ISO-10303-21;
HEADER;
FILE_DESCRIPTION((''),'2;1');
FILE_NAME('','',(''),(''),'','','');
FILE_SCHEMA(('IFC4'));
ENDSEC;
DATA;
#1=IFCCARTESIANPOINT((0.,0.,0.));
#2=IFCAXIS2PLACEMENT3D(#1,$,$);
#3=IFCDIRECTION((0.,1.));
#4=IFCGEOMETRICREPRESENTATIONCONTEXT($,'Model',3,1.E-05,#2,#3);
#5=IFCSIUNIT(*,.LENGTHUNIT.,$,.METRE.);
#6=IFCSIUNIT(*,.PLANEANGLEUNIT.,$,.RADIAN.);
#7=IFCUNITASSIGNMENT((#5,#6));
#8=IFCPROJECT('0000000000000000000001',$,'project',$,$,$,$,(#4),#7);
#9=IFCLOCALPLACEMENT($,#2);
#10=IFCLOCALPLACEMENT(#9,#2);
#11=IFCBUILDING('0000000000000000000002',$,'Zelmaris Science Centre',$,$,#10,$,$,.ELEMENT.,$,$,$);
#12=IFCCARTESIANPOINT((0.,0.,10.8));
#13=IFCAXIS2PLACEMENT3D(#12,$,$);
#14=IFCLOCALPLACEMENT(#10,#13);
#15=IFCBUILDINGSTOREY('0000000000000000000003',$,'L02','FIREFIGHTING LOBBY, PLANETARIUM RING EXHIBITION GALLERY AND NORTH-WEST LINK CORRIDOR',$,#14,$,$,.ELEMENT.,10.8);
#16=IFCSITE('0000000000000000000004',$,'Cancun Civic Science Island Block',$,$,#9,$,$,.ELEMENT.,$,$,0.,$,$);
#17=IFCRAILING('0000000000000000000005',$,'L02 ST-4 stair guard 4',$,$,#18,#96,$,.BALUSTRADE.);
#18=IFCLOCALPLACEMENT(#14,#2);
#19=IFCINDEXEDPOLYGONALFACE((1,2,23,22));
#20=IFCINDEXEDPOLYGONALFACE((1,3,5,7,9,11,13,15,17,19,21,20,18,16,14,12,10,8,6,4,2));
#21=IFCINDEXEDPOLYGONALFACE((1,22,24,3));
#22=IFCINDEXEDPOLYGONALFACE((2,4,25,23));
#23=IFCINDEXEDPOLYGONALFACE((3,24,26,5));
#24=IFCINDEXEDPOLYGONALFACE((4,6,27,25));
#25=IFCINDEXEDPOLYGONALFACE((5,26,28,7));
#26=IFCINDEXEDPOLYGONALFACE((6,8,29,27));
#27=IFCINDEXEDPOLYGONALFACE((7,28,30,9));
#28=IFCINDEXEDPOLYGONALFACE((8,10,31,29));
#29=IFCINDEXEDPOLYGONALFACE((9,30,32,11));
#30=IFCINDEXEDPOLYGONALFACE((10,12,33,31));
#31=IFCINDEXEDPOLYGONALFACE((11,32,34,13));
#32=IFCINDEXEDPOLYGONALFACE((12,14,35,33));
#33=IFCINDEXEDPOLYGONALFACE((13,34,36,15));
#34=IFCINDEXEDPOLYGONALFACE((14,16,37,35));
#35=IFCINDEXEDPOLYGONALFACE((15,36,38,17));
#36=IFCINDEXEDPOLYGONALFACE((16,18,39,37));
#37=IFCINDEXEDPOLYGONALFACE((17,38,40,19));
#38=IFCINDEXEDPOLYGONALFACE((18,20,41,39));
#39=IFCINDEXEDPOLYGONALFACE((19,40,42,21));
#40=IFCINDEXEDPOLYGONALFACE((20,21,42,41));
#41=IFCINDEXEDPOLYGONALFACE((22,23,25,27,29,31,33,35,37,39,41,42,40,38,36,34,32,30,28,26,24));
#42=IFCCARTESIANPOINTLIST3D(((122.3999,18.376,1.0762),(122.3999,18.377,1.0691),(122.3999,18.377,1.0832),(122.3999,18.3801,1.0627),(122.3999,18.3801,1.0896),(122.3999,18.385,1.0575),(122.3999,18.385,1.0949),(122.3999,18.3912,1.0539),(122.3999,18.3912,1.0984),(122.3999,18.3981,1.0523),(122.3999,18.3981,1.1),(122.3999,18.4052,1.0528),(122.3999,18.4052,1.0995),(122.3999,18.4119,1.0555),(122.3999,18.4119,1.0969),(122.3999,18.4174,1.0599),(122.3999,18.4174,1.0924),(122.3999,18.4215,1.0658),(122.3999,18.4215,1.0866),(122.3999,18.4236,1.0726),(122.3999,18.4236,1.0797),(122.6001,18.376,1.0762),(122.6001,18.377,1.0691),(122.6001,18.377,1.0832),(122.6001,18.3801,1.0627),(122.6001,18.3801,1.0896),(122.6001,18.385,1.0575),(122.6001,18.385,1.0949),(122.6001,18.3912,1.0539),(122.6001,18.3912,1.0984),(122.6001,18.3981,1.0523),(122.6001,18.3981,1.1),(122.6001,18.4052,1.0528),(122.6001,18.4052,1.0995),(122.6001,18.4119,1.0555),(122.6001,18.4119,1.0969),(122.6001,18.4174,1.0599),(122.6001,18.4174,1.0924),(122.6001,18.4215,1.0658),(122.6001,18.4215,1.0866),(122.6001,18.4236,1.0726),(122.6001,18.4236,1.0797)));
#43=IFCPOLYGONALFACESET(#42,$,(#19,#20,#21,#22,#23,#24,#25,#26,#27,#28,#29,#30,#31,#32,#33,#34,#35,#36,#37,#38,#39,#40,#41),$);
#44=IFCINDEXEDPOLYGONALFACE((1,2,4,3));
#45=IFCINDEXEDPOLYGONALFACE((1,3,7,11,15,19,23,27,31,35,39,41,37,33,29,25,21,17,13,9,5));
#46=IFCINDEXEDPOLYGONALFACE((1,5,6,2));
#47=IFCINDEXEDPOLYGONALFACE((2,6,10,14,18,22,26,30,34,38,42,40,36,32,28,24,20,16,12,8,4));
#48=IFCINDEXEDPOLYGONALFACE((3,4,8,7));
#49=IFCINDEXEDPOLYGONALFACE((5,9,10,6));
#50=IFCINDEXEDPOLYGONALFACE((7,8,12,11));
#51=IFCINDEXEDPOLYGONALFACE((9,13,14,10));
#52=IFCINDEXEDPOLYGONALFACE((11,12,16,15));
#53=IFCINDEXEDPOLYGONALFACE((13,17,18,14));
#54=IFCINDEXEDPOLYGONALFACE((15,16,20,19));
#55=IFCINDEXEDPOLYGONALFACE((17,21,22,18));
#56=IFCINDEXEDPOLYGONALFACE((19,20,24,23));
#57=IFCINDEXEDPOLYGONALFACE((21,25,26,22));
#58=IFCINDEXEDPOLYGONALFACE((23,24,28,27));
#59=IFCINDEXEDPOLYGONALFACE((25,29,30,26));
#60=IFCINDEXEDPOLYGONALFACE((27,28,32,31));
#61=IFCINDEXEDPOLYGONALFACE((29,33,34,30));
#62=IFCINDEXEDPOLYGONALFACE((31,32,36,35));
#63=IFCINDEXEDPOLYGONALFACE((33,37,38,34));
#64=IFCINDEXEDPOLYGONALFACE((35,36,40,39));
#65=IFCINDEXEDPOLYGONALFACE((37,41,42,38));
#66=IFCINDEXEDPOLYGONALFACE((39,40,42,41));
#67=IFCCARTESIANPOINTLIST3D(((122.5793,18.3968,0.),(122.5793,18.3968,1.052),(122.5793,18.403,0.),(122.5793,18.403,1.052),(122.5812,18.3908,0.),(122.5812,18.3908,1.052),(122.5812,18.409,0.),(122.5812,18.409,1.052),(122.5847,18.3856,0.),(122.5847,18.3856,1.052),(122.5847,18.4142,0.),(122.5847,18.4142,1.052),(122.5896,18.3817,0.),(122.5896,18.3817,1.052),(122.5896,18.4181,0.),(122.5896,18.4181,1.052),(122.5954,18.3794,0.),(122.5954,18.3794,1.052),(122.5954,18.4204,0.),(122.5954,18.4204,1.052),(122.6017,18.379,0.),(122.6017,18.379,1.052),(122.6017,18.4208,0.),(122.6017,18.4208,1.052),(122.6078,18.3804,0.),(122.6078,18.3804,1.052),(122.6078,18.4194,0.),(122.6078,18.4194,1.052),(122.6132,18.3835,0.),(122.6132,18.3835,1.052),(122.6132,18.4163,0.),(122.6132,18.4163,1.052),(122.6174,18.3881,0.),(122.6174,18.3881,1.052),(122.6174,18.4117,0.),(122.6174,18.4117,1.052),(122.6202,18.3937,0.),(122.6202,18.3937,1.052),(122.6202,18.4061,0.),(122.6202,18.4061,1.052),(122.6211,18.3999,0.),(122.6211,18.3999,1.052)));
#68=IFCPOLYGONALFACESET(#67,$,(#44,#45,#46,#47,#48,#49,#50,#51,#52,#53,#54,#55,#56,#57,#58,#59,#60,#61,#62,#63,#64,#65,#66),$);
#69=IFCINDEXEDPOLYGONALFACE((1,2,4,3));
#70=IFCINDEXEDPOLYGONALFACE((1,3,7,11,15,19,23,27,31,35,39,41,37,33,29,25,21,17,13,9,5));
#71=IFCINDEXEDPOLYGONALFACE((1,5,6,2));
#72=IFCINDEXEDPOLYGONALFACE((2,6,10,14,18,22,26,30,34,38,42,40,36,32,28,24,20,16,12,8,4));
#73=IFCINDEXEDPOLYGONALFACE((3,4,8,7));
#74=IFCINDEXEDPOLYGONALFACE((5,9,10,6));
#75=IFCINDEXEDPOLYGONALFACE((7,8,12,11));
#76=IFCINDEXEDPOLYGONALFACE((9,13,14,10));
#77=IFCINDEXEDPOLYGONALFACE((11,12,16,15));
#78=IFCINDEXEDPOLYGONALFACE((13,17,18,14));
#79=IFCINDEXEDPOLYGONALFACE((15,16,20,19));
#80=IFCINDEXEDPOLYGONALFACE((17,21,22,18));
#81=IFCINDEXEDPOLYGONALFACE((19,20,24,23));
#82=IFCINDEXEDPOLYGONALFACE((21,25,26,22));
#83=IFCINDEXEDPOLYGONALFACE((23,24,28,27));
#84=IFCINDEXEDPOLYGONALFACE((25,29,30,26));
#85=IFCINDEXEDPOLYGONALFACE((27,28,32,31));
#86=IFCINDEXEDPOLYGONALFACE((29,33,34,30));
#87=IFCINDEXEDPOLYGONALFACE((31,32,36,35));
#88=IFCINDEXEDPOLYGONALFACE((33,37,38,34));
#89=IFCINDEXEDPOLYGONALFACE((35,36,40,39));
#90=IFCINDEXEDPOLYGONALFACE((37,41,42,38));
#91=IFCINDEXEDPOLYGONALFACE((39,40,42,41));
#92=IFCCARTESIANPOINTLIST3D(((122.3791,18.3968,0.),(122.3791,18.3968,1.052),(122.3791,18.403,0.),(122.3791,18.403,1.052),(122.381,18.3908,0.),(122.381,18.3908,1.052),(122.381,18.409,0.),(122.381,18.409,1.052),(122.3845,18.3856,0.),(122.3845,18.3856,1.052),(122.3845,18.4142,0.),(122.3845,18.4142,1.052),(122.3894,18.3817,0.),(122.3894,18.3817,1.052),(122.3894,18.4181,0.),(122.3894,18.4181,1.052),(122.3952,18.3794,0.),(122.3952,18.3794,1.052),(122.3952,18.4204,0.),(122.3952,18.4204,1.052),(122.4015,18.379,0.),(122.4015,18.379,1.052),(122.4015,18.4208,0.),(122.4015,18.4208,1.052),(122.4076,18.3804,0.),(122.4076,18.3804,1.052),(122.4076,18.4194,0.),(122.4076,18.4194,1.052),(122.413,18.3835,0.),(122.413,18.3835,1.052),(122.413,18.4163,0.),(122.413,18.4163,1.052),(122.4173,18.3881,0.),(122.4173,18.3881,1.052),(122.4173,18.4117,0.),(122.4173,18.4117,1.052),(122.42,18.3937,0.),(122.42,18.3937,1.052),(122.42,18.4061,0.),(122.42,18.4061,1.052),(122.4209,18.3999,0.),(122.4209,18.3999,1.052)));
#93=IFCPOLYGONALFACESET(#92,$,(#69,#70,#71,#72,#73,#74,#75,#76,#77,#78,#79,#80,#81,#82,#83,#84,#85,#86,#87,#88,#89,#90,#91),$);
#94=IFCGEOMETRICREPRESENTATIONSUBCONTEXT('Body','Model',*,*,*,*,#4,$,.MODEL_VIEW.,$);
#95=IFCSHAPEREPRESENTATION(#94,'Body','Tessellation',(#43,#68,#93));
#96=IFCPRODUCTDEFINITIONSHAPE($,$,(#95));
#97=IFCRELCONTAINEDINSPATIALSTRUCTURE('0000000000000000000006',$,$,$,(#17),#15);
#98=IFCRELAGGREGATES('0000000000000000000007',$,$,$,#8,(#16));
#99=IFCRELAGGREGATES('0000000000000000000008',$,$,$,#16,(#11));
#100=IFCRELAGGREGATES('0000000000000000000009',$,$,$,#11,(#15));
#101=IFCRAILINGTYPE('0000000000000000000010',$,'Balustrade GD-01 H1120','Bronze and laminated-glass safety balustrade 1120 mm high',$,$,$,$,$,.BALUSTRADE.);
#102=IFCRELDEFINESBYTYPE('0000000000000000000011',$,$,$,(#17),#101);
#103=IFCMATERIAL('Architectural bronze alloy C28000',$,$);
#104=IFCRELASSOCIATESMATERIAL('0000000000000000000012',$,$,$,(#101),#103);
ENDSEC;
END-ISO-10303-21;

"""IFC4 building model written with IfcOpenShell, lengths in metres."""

from ifc_helpers import new_model, si_unit, direction, frame, origin, origin_2d, place, context, subcontext, project, spatial, circle, extrude, material, type_object, element, save


model = new_model("IFC4")

# Units and contexts
model_context = context("Model", 3, precision=1e-05, world=origin(), true_north=direction((0.0, 1.0)))
body_context = subcontext(model_context, "Body", "Model", "MODEL_VIEW")
ifc_project = project(units=[si_unit("LENGTHUNIT", "METRE"), si_unit("PLANEANGLEUNIT", "RADIAN")], contexts=[model_context])

# Site, building, storey
site_placement = place(None, origin())
site = spatial("IfcSite", under=ifc_project, at=site_placement, Name="Cancun Civic Science Island Block", CompositionType="ELEMENT", RefElevation=0.0)
building_placement = place(site_placement, origin())
building = spatial("IfcBuilding", under=site, at=building_placement, Name="Zelmaris Science Centre", CompositionType="ELEMENT")
storey_placement = place(building_placement, frame((0.0, 0.0, 10.8)))
storey = spatial("IfcBuildingStorey", under=building, at=storey_placement, Name="L02", Description="FIREFIGHTING LOBBY, PLANETARIUM RING EXHIBITION GALLERY AND NORTH-WEST LINK CORRIDOR", CompositionType="ELEMENT", Elevation=10.8)

# Shared definitions
ifc_material_1 = material(Name="Architectural bronze alloy C28000")

# Railing
railing_type_1 = type_object("IfcRailingType", Name="Balustrade GD-01 H1120", Description="Bronze and laminated-glass safety balustrade 1120 mm high", PredefinedType="BALUSTRADE", material=ifc_material_1)
railing_1_placement = place(storey_placement, frame((122.6001, 18.3999, 0.0)))
element("IfcRailing", 1, at=railing_1_placement, inside=storey, type_object=railing_type_1, Name="L02 ST-4 stair guard 4", PredefinedType="BALUSTRADE", context=body_context, shape_type="SweptSolid", body=[
    extrude(circle(Radius=0.0239, at=origin_2d()), frame((0.0, 0.0, 1.0762), z_axis=(-1.0, 0.0, 0.0), x_axis=(0.0, -1.0, 0.0)), (0.0, 0.0, 1.0), 0.2002),
    extrude(circle(Radius=0.021, at=origin_2d()), origin(), (0.0, 0.0, 1.0), 1.052),
    extrude(circle(Radius=0.021, at=origin_2d()), frame((-0.2002, 0.0, 0.0)), (0.0, 0.0, 1.0), 1.052),
])

save(model, "model.ifc")
